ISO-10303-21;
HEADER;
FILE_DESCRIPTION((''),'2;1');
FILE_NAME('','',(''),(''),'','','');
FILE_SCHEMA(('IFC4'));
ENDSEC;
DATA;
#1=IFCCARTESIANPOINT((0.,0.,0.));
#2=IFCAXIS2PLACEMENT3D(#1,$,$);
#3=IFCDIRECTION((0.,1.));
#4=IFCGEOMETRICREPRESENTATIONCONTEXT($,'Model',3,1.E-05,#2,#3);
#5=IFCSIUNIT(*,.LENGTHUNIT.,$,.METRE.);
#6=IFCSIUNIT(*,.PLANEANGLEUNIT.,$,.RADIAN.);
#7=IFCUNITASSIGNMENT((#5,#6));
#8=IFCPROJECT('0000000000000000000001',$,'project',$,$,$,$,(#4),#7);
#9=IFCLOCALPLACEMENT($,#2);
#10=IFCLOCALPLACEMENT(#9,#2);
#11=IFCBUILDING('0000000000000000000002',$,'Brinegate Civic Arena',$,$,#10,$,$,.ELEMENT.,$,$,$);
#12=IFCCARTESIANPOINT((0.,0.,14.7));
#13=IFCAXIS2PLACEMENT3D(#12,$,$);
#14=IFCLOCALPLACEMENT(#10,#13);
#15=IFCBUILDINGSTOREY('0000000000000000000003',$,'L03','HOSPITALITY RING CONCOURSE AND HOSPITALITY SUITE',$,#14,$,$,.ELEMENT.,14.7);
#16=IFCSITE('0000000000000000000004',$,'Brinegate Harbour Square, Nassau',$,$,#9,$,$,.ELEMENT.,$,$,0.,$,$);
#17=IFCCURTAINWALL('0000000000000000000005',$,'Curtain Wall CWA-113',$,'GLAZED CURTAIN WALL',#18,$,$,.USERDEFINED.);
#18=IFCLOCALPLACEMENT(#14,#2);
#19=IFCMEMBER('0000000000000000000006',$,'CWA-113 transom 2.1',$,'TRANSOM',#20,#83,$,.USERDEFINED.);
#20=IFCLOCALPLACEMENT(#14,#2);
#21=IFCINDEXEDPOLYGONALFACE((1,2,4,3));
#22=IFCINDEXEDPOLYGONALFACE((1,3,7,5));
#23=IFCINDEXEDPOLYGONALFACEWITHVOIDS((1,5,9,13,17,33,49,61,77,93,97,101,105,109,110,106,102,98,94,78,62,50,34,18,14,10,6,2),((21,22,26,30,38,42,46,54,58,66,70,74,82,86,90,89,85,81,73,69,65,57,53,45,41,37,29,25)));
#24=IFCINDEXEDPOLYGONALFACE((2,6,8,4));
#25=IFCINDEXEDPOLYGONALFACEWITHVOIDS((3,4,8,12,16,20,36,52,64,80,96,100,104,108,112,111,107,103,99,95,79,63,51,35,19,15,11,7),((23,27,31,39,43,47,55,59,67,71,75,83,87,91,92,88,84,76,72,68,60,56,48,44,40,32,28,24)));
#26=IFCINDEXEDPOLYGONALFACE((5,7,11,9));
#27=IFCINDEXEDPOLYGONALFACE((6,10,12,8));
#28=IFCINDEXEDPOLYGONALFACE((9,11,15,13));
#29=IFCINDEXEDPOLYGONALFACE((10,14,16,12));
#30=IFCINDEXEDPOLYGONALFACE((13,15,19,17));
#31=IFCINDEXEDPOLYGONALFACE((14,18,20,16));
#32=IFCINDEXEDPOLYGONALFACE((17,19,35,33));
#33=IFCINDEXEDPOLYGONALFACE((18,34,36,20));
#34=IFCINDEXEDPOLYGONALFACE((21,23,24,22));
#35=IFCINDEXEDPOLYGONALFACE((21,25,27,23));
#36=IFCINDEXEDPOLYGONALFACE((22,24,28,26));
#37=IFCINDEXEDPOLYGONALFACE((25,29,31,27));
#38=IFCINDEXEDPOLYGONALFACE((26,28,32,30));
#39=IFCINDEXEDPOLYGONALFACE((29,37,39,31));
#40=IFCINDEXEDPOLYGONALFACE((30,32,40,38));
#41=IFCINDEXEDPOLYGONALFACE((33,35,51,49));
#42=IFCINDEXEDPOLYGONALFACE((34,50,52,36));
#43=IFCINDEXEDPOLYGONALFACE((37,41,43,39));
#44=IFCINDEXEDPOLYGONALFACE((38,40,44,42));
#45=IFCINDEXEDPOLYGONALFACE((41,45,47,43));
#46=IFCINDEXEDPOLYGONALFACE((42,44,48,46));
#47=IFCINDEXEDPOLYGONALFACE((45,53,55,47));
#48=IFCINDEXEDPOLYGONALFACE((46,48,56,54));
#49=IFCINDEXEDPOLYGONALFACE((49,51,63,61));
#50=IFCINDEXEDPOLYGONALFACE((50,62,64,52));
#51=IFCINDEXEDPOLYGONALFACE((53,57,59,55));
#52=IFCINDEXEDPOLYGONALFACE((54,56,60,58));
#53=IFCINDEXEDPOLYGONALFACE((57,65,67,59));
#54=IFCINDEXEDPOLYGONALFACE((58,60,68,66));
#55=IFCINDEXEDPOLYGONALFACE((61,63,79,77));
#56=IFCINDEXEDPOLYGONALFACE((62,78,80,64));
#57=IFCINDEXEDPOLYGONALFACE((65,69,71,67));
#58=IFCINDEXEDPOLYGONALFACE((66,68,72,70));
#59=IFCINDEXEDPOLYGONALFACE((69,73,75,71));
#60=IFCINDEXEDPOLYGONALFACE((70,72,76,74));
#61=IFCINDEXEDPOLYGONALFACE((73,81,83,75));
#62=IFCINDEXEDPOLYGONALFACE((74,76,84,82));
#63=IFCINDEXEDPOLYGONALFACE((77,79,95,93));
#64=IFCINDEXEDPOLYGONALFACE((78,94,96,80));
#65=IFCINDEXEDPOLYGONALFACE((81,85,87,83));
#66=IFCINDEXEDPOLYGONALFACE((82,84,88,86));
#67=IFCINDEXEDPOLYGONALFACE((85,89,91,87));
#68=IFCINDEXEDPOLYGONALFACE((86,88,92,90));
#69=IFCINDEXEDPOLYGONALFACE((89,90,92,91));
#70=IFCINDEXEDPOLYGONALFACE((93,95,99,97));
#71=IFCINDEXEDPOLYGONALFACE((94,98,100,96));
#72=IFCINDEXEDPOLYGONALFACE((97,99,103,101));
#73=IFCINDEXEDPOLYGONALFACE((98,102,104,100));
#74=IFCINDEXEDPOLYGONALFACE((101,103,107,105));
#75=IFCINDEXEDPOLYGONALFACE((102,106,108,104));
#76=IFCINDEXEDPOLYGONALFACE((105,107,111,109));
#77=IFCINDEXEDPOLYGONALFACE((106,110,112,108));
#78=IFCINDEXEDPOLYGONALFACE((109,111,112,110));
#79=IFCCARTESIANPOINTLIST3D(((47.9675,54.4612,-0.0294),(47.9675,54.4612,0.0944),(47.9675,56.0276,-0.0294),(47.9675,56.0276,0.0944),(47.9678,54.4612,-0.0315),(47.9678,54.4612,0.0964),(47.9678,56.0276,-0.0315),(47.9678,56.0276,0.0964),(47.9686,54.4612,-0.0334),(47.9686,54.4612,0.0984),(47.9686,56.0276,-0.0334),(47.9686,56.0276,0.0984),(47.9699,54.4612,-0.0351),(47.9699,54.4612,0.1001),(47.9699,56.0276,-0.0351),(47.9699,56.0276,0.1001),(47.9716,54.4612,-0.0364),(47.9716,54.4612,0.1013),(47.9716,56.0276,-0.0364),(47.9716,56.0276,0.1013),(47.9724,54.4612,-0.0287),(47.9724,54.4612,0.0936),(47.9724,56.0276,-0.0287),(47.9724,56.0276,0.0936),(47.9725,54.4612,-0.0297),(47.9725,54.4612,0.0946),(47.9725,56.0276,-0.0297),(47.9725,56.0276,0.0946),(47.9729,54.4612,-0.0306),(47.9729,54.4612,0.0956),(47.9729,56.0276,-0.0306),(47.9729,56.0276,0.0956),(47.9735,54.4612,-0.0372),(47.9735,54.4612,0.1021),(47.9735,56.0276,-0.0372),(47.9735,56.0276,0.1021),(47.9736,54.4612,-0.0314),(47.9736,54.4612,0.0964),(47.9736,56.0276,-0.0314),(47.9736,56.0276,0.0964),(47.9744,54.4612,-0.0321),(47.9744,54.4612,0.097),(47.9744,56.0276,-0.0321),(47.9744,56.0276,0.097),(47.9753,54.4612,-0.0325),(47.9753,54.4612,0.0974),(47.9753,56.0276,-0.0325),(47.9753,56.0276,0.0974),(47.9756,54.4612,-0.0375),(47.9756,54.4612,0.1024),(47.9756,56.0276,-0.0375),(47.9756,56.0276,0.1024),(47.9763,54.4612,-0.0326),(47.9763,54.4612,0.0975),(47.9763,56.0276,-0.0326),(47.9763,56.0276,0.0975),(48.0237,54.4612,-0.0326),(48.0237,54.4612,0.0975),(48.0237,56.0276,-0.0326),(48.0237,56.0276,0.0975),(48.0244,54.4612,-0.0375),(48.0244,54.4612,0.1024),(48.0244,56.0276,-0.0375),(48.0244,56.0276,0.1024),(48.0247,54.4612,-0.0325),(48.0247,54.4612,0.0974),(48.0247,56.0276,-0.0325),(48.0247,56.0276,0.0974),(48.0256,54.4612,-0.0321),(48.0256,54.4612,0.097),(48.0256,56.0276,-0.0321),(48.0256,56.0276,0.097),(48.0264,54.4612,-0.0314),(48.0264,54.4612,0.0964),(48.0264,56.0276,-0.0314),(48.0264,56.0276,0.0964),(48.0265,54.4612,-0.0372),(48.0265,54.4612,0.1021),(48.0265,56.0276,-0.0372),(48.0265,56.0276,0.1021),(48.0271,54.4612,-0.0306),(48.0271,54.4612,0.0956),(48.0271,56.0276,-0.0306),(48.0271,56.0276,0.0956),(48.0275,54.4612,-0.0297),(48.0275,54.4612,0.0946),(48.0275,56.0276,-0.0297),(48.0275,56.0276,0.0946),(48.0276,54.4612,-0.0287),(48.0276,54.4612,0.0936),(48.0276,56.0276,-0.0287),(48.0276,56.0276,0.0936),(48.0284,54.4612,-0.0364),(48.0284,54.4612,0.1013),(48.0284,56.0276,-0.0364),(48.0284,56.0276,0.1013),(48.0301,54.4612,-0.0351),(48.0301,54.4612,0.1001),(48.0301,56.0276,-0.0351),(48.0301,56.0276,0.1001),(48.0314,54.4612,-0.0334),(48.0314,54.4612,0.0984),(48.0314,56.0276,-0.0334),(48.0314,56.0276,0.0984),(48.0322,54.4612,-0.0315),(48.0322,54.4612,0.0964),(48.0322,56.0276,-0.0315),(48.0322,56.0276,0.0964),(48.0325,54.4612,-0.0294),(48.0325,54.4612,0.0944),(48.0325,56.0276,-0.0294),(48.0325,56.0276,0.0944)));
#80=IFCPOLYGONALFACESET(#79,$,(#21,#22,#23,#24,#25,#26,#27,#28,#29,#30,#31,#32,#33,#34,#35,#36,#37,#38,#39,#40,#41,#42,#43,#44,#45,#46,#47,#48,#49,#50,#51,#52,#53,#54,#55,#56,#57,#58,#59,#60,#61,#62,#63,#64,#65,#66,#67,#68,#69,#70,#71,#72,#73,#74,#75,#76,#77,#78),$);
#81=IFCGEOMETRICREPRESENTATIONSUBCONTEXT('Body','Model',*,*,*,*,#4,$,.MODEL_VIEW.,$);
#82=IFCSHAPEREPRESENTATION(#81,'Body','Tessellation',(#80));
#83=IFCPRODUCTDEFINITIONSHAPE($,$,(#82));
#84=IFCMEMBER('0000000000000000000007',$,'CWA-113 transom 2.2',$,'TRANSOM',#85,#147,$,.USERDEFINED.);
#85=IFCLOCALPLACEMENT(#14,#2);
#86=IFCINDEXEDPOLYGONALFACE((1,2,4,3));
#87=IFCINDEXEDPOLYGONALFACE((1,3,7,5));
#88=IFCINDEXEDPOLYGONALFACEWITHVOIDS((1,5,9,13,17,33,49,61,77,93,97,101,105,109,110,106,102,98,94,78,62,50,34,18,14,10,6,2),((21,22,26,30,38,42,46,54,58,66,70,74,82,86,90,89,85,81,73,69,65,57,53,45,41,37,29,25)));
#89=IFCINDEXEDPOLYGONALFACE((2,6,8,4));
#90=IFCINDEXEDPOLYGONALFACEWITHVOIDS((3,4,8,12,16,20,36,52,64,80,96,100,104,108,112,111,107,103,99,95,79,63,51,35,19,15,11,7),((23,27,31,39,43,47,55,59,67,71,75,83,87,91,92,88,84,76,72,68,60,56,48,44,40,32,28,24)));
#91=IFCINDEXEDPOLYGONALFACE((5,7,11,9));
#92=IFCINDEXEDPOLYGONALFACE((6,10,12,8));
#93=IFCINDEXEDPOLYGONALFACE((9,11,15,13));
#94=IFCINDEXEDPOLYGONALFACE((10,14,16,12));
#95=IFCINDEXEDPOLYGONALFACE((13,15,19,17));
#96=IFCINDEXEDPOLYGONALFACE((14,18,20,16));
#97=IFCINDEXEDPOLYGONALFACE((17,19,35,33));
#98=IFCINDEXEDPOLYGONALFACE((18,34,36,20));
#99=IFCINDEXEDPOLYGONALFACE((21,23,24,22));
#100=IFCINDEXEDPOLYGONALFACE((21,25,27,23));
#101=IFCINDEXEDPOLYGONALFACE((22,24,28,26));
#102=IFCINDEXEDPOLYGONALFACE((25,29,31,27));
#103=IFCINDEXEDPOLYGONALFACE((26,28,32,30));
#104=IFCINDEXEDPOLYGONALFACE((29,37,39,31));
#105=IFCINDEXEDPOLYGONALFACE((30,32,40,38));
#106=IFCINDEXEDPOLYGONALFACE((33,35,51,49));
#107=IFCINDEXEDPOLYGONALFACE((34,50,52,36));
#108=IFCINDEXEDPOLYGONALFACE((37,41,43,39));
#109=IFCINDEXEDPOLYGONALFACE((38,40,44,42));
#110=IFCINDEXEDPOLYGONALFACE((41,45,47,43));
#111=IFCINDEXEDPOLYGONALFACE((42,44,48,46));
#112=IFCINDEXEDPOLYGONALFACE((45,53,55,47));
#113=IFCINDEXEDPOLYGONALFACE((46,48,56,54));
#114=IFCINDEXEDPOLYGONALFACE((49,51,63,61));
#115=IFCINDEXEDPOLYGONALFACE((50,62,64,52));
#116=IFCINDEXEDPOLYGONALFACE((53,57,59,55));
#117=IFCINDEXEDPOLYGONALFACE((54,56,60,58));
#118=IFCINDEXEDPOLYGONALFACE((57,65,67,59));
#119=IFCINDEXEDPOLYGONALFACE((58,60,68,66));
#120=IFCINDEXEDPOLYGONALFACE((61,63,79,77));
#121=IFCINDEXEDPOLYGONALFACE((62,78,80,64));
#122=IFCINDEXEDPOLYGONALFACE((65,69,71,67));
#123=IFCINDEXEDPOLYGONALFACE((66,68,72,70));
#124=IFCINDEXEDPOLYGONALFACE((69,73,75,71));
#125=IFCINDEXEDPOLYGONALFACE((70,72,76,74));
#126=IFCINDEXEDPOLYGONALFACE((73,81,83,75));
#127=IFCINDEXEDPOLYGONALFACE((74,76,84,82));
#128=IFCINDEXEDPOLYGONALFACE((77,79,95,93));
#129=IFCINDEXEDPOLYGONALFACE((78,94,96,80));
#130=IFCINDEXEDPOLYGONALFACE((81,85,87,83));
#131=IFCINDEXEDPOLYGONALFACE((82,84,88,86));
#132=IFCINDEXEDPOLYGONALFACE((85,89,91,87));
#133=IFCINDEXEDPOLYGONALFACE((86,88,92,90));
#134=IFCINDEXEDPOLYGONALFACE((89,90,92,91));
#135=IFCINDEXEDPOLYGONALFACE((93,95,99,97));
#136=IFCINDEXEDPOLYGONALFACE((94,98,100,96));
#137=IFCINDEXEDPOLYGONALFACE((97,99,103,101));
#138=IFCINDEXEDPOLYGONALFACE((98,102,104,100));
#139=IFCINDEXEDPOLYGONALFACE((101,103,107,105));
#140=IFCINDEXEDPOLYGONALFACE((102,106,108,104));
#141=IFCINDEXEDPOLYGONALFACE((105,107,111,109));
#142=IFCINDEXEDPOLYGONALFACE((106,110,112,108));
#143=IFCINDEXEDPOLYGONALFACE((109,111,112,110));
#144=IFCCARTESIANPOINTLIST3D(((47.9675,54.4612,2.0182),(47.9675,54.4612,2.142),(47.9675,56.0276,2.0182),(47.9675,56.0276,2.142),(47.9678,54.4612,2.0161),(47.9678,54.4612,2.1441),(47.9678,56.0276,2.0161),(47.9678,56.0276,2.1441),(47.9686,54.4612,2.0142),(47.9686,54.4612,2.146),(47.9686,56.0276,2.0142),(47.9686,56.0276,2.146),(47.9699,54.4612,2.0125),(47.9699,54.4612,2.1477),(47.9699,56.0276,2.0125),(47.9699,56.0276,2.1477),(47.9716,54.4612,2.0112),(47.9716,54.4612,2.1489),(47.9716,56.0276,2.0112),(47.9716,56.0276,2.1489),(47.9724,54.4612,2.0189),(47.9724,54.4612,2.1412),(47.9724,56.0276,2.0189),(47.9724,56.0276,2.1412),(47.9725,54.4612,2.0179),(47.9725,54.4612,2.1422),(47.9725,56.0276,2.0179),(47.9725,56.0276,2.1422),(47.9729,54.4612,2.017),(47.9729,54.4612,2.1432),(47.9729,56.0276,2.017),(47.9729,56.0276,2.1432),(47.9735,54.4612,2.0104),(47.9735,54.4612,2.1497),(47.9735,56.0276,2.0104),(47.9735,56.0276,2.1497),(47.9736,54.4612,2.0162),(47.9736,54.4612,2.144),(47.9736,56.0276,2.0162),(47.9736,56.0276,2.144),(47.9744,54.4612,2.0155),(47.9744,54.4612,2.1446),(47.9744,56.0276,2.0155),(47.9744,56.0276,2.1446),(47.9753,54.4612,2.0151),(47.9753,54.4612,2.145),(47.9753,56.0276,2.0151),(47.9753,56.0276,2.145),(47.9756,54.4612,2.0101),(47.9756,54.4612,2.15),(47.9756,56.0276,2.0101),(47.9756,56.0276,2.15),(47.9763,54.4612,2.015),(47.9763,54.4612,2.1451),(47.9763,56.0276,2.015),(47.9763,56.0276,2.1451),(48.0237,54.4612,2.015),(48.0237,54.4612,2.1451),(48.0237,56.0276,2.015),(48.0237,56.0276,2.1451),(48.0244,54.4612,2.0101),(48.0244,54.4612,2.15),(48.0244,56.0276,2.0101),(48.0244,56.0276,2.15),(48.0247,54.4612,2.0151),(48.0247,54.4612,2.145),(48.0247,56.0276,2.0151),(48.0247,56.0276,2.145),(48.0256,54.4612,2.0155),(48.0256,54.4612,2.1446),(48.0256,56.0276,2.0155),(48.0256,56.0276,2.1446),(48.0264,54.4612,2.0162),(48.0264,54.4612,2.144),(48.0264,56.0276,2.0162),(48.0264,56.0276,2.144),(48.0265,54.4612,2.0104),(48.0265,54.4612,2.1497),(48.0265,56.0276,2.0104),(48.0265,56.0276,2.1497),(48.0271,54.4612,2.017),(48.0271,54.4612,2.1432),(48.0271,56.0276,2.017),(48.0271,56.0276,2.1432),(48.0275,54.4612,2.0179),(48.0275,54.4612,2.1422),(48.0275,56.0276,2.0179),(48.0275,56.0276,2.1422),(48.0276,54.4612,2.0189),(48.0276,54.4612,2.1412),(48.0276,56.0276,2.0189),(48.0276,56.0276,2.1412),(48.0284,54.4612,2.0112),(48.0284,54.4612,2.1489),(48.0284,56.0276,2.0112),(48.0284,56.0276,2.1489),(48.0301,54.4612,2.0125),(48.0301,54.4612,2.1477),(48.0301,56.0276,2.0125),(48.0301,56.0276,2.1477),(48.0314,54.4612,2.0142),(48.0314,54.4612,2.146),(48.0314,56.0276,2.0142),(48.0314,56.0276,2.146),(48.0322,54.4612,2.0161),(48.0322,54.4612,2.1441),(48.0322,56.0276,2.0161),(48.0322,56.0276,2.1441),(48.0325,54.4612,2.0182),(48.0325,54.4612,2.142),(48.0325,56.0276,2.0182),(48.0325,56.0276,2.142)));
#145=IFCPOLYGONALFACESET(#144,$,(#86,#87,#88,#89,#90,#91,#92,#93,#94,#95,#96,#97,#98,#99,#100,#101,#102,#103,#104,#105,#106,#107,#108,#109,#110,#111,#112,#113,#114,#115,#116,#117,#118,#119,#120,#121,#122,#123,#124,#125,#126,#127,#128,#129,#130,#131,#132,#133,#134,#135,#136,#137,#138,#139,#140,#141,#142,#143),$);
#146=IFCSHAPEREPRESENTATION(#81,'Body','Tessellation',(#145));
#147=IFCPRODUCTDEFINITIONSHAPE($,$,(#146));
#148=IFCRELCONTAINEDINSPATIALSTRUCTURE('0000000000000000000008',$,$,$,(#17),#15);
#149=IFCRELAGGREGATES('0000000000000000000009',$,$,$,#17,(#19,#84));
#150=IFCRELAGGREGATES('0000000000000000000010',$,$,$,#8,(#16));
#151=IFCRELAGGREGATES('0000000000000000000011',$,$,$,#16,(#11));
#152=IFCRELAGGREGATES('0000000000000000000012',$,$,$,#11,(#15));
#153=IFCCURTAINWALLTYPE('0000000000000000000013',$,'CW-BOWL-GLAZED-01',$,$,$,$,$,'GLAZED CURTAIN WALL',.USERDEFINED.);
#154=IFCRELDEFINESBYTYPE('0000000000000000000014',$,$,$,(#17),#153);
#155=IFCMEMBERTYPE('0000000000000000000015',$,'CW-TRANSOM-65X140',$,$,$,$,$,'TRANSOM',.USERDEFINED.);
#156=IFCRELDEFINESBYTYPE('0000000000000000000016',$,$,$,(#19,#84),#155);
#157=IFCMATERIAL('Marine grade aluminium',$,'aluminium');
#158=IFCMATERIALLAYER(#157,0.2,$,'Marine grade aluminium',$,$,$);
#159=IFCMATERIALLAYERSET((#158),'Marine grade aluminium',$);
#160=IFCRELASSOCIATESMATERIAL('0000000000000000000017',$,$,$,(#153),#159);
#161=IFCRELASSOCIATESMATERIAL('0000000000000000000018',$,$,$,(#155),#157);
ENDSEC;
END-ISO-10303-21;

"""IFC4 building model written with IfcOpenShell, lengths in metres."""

from ifc_helpers import new_model, si_unit, direction, frame, origin, origin_2d, place, context, subcontext, project, spatial, hollow_rectangle, extrude, material, layer, layer_set, material_profile, profile_set, type_object, element, aggregate, save


model = new_model("IFC4")

# Units and contexts
model_context = context("Model", 3, precision=1e-05, world=origin(), true_north=direction((0.0, 1.0)))
body_context = subcontext(model_context, "Body", "Model", "MODEL_VIEW")
ifc_project = project(units=[si_unit("LENGTHUNIT", "METRE"), si_unit("PLANEANGLEUNIT", "RADIAN")], contexts=[model_context])

# Site, building, storey
site_placement = place(None, origin())
site = spatial("IfcSite", under=ifc_project, at=site_placement, Name="Brinegate Harbour Square, Nassau", CompositionType="ELEMENT", RefElevation=0.0)
building_placement = place(site_placement, origin())
building = spatial("IfcBuilding", under=site, at=building_placement, Name="Brinegate Civic Arena", CompositionType="ELEMENT")
storey_placement = place(building_placement, frame((0.0, 0.0, 14.7)))
storey = spatial("IfcBuildingStorey", under=building, at=storey_placement, Name="L03", Description="HOSPITALITY RING CONCOURSE AND HOSPITALITY SUITE", CompositionType="ELEMENT", Elevation=14.7)

# Curtain wall
ifc_material_1 = material(Name="Marine grade aluminium", Category="aluminium")
ifc_layer_1 = layer(ifc_material_1, 0.2, Name="Marine grade aluminium")
ifc_layer_set_1 = layer_set([ifc_layer_1], Name="Marine grade aluminium")
curtain_wall_type_1 = type_object("IfcCurtainWallType", Name="CW-BOWL-GLAZED-01", ElementType="GLAZED CURTAIN WALL", PredefinedType="USERDEFINED", material=ifc_layer_set_1)
curtain_wall_1_placement = place(storey_placement, origin())
curtain_wall_1 = element("IfcCurtainWall", 1, at=curtain_wall_1_placement, inside=storey, type_object=curtain_wall_type_1, Name="Curtain Wall CWA-113", ObjectType="GLAZED CURTAIN WALL", PredefinedType="USERDEFINED")

# Members
ifc_material_profile_1 = material_profile(ifc_material_1, hollow_rectangle(XDim=0.0649, YDim=0.1399, WallThickness=0.0049, InnerFilletRadius=0.0039, OuterFilletRadius=0.0081, at=origin_2d()), Name="TRN65X140")
ifc_profile_set_1 = profile_set([ifc_material_profile_1], Name="Marine grade aluminium")
member_type_1 = type_object("IfcMemberType", Name="CW-TRANSOM-65X140", ElementType="TRANSOM", PredefinedType="USERDEFINED", material=ifc_profile_set_1)
member_1_placement = place(storey_placement, frame((48.0, 54.4612, 0.0325), z_axis=(0.0, 1.0, 0.0), x_axis=(-1.0, 0.0, 0.0)))
member_1 = element("IfcMember", 2, at=member_1_placement, type_object=member_type_1, Name="CWA-113 transom 2.1", ObjectType="TRANSOM", PredefinedType="USERDEFINED", context=body_context, shape_type="SweptSolid", body=[
    extrude(hollow_rectangle(XDim=0.0649, YDim=0.1399, WallThickness=0.0049, InnerFilletRadius=0.0039, OuterFilletRadius=0.0081, at=origin_2d()), origin(), (0.0, 0.0, 1.0), 1.5664),
])
member_2_placement = place(storey_placement, frame((48.0, 54.4612, 2.0801), z_axis=(0.0, 1.0, 0.0), x_axis=(-1.0, 0.0, 0.0)))
member_2 = element("IfcMember", 3, at=member_2_placement, type_object=member_type_1, Name="CWA-113 transom 2.2", ObjectType="TRANSOM", PredefinedType="USERDEFINED", context=body_context, shape_type="SweptSolid", body=[
    extrude(hollow_rectangle(XDim=0.0649, YDim=0.1399, WallThickness=0.0049, InnerFilletRadius=0.0039, OuterFilletRadius=0.0081, at=origin_2d()), origin(), (0.0, 0.0, 1.0), 1.5664),
])

aggregate(curtain_wall_1, [member_1, member_2])

save(model, "model.ifc")
